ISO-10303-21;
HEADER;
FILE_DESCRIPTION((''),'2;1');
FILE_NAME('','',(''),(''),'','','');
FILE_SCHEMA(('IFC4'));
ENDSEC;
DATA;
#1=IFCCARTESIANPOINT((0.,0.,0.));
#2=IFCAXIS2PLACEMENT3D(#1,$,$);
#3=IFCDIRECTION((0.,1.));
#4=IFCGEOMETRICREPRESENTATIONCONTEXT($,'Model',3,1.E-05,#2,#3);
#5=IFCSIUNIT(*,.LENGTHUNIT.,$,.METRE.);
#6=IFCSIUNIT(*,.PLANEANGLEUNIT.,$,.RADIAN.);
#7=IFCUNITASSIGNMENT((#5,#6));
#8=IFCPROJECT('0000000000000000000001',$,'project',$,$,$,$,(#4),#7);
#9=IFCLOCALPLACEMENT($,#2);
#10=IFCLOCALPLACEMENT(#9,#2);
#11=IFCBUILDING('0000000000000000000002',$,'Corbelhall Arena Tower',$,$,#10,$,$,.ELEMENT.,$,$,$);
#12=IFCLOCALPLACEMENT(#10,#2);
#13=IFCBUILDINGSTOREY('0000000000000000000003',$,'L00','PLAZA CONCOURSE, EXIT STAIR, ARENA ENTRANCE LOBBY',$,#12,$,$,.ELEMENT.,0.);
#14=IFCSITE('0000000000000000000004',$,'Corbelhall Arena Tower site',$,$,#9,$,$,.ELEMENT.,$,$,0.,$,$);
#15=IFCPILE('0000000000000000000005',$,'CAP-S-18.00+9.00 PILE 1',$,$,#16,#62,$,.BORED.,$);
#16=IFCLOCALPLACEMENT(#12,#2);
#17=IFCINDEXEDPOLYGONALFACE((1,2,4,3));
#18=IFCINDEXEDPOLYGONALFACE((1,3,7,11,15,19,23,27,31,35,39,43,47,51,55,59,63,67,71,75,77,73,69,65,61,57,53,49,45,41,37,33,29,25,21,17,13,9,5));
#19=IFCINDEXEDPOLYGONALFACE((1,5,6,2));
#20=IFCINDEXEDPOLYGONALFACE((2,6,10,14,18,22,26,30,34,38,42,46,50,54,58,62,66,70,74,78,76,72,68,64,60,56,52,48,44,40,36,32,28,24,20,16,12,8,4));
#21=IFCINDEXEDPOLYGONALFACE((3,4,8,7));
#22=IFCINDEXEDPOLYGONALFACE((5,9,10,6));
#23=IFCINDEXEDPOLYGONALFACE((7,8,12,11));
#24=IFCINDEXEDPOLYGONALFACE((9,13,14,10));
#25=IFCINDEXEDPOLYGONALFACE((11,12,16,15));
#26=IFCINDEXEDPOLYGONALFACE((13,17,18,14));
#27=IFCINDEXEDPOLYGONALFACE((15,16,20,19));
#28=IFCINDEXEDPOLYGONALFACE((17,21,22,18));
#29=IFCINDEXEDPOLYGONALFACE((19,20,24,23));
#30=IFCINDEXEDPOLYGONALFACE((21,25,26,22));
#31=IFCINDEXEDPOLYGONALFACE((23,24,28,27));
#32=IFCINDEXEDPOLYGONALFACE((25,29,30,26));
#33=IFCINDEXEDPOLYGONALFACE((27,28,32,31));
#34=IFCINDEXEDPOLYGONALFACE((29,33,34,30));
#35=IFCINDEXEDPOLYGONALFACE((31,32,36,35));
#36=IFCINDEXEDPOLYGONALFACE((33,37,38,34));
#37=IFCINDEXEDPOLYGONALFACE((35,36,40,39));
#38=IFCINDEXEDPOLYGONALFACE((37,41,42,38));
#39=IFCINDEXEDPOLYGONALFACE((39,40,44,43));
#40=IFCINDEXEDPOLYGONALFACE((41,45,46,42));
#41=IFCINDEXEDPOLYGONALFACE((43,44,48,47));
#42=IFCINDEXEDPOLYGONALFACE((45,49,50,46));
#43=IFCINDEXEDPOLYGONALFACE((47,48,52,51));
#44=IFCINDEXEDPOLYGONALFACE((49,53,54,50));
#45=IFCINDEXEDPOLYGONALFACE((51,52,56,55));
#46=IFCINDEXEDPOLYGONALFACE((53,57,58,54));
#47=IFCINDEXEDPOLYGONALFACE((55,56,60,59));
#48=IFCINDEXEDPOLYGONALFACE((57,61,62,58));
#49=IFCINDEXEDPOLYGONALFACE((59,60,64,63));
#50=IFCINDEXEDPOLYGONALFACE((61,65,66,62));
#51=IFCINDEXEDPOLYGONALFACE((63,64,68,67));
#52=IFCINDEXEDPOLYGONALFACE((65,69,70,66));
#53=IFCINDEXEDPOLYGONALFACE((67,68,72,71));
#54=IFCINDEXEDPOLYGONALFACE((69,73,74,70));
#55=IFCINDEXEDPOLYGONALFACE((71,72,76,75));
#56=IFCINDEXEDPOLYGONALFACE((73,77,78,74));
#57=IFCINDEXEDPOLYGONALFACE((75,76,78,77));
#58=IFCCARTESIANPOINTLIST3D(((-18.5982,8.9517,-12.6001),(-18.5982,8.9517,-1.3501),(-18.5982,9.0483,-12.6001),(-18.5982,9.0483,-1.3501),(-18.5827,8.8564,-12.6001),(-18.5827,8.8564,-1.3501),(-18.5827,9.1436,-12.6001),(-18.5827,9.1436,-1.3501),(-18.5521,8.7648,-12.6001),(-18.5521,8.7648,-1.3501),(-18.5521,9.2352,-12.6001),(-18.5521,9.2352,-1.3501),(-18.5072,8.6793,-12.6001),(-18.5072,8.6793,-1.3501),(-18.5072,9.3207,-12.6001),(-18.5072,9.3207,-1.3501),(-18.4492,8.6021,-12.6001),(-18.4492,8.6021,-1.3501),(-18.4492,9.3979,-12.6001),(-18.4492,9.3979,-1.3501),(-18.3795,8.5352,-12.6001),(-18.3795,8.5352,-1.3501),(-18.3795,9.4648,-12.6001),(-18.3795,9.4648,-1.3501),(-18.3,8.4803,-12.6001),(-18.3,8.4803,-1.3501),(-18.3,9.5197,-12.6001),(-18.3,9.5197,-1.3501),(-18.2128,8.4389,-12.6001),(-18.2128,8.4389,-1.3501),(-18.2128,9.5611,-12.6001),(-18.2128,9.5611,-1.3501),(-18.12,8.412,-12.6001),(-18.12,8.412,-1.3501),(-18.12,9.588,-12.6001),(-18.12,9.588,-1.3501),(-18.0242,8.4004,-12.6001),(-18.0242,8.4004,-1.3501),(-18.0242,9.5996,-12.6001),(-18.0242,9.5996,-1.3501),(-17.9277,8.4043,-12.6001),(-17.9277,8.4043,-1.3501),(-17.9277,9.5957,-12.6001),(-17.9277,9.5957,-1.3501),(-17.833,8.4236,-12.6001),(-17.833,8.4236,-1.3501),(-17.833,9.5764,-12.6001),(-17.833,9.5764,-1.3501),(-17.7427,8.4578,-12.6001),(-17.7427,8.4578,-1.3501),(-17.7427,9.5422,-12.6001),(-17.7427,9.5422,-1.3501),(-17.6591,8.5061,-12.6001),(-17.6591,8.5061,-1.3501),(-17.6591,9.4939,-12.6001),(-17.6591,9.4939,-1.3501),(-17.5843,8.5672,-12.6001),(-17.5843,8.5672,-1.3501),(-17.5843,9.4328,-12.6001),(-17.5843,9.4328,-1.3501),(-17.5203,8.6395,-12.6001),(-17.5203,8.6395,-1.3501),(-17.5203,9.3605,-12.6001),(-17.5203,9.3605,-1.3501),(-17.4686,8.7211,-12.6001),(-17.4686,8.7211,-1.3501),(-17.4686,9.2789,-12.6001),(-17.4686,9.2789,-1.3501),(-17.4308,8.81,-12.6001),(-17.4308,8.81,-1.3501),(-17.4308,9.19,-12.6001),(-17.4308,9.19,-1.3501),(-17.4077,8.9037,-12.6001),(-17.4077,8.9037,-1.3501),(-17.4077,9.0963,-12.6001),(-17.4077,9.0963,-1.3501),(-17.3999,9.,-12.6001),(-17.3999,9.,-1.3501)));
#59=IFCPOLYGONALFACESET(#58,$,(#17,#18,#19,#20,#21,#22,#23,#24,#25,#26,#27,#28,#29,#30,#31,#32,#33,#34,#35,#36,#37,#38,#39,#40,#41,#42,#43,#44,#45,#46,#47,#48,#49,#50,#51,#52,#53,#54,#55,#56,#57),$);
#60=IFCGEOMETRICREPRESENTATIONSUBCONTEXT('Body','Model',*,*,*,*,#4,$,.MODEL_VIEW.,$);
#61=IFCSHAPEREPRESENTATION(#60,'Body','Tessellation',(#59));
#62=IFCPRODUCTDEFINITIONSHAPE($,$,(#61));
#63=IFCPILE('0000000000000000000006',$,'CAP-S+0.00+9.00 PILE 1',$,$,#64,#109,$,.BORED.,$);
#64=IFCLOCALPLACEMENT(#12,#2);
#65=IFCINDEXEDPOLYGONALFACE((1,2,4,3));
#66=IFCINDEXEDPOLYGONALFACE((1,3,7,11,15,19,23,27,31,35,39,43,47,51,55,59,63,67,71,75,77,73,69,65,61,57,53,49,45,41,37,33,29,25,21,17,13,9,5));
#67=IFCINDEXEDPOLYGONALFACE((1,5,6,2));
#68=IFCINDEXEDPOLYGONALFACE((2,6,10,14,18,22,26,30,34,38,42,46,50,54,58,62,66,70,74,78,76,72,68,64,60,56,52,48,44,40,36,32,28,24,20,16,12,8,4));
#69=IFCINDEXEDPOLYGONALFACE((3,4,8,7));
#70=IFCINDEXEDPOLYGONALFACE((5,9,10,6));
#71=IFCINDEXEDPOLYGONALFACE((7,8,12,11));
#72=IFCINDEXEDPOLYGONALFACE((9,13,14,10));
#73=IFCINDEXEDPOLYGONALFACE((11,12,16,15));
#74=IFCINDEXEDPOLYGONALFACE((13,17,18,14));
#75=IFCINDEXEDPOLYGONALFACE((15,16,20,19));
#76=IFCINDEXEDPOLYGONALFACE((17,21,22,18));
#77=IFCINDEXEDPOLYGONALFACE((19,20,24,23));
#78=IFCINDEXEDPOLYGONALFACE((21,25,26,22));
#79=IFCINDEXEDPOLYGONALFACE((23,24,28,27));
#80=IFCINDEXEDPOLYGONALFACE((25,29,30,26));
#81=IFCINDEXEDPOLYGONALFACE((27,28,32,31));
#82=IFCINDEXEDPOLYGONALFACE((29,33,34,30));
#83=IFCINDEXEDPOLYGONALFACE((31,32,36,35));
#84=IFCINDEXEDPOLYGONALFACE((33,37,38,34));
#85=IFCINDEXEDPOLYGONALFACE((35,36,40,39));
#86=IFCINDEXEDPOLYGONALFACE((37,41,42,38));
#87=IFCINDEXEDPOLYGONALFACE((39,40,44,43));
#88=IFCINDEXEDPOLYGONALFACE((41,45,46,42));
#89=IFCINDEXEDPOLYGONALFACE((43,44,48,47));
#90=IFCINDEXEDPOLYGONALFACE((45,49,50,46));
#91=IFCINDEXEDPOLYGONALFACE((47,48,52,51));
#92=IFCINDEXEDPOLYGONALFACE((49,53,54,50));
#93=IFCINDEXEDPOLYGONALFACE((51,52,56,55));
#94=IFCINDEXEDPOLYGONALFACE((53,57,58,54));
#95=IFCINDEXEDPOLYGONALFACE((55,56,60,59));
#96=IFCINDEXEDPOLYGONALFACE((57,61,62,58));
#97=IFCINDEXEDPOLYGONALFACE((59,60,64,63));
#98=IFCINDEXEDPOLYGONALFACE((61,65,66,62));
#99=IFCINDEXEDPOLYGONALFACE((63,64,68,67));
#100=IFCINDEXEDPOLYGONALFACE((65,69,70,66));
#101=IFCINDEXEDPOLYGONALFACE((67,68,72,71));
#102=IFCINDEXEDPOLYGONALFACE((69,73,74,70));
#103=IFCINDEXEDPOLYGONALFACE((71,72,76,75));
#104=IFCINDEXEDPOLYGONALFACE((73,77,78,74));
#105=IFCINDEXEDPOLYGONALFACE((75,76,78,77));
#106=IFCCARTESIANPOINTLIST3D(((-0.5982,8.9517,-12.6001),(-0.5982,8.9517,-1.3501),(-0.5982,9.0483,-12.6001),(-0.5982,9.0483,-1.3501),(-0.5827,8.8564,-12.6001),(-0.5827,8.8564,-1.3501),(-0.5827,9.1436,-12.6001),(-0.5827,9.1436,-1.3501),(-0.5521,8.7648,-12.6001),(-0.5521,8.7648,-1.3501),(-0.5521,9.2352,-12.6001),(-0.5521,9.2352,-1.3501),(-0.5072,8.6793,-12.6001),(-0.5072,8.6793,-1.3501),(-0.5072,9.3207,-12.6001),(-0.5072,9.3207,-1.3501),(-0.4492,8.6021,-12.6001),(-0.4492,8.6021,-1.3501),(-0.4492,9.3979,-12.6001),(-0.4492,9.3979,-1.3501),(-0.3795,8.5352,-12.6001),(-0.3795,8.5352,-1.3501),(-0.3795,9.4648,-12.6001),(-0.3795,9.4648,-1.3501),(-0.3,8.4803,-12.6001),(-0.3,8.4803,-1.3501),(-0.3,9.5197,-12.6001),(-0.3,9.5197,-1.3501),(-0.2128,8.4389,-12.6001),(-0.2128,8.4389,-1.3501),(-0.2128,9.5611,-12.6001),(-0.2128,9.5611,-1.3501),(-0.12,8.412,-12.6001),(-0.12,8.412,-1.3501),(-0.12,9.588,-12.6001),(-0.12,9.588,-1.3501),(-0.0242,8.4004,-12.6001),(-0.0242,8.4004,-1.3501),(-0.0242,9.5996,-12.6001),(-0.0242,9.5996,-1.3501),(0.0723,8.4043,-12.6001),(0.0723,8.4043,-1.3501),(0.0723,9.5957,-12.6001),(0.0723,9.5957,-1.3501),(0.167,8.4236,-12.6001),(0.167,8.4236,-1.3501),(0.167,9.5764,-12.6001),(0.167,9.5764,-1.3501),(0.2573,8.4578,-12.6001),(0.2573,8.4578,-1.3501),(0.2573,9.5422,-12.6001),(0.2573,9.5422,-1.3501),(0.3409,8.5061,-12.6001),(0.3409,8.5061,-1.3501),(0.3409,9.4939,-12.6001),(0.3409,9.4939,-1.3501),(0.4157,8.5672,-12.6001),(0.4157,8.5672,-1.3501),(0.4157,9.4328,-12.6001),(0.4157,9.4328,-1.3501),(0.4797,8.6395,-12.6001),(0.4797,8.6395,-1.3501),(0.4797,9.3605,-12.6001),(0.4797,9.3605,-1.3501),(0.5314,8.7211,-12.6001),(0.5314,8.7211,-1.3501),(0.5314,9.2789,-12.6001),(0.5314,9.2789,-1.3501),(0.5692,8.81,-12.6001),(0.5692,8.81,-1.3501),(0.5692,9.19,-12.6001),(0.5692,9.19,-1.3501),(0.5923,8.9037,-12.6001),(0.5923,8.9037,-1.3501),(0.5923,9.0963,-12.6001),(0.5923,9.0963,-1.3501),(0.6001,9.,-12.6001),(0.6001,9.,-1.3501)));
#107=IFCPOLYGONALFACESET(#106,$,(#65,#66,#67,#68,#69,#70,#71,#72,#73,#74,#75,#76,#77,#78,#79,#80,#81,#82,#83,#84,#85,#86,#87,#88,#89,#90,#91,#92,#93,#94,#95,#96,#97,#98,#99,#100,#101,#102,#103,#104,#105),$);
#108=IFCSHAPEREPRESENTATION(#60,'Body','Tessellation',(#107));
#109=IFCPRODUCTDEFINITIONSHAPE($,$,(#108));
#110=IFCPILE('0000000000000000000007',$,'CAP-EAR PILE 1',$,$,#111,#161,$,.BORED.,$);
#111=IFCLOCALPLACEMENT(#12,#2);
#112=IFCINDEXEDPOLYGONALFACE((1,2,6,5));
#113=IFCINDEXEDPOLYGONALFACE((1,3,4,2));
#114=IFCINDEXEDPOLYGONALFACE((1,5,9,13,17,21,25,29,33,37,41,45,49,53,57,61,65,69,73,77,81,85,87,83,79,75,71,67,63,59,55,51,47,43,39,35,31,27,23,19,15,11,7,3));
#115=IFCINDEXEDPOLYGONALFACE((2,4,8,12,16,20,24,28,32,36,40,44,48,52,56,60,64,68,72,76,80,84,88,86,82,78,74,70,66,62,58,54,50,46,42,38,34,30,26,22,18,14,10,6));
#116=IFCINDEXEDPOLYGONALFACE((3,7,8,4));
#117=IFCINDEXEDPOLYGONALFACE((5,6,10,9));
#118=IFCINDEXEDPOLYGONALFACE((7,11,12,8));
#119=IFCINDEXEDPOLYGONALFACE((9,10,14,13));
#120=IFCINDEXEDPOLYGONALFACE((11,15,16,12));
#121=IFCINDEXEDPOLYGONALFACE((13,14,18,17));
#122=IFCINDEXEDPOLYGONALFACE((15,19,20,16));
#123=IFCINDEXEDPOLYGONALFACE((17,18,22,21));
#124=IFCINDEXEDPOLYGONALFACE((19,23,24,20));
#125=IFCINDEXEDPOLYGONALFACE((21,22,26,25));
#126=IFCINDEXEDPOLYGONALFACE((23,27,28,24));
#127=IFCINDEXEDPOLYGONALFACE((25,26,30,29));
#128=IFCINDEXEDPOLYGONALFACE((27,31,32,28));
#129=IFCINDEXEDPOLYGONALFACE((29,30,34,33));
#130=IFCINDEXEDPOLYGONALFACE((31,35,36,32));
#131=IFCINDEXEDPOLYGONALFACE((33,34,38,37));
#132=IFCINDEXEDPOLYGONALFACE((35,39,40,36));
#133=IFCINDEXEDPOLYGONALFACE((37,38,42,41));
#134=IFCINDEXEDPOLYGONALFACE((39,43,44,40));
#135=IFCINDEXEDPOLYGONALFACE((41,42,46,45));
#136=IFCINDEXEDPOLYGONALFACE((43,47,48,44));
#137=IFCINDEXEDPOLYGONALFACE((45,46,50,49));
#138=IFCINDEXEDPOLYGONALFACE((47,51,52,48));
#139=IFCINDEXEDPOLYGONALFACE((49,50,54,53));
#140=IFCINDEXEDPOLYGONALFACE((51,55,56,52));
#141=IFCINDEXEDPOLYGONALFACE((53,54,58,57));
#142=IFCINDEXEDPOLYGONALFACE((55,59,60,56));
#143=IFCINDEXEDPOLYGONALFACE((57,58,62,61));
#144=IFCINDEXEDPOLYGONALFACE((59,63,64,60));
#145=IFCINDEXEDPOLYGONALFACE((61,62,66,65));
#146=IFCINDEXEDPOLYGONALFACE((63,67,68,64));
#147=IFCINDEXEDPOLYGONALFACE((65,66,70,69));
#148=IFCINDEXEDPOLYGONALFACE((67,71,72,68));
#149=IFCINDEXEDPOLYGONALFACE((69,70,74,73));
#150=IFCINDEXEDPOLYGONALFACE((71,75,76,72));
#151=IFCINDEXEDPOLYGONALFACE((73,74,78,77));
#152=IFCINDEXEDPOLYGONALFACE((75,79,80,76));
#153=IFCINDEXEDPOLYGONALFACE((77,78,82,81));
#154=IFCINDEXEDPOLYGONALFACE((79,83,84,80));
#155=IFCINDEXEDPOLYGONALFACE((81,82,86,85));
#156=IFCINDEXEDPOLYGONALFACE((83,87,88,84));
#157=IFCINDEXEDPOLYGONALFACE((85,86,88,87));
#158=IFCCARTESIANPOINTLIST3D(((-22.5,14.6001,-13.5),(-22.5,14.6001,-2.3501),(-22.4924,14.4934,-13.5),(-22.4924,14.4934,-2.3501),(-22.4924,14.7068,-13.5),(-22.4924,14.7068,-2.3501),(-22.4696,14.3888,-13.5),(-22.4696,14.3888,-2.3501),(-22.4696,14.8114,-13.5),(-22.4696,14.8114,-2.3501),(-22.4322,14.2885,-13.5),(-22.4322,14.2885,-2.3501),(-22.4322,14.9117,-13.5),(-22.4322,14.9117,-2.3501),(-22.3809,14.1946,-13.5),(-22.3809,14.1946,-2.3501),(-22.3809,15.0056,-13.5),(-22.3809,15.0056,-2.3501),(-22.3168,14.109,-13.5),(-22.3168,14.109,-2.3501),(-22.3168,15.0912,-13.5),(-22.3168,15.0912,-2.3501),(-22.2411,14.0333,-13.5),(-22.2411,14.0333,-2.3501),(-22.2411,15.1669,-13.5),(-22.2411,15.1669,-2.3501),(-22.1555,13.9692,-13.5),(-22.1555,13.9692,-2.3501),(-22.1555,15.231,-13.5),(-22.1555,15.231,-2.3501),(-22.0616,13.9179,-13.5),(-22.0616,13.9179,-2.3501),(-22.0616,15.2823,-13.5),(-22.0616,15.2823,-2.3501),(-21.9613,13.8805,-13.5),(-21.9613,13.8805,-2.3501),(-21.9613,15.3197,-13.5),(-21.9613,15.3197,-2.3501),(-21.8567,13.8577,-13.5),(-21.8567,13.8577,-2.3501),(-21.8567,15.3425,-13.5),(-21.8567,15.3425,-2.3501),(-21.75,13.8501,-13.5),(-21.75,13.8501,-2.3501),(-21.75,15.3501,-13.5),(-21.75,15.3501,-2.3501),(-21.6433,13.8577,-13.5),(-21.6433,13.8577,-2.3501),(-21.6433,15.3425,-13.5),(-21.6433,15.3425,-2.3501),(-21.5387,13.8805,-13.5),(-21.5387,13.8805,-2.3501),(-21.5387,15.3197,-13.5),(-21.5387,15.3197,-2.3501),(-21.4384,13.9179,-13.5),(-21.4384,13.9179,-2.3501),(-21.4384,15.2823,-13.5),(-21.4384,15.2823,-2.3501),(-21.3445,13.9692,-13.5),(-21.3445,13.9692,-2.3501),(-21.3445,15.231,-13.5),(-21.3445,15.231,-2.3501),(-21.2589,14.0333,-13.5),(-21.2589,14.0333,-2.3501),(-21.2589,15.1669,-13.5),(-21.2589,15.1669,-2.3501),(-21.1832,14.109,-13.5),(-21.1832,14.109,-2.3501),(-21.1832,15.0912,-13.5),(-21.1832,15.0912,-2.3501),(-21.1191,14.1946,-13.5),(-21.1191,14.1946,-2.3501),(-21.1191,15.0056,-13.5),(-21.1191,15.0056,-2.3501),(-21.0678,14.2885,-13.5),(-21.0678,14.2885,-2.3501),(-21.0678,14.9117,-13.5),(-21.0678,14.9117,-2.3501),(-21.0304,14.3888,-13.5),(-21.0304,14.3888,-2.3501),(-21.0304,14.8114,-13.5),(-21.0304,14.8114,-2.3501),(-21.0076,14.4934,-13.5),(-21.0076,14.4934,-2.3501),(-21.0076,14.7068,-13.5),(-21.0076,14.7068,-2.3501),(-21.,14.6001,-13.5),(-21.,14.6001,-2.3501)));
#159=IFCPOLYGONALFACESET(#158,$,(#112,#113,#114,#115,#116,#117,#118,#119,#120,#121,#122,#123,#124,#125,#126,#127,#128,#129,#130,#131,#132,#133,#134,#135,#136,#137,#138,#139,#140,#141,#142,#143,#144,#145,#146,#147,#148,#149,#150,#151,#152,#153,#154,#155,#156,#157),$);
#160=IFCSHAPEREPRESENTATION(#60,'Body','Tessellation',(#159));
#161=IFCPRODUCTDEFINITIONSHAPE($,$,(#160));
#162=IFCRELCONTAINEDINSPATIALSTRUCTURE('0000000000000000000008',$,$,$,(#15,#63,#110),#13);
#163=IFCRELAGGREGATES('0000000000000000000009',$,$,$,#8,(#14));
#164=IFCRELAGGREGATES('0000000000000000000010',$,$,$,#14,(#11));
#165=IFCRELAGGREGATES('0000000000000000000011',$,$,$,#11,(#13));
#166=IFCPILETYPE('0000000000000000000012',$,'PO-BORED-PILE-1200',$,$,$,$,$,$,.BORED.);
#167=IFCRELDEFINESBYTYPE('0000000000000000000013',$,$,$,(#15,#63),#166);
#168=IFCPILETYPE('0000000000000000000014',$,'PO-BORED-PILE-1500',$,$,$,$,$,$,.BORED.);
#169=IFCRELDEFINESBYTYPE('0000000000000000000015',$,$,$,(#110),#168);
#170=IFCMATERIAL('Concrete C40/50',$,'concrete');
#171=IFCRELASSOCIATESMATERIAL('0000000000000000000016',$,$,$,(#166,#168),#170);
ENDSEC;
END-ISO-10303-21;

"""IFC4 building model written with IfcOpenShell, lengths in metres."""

from ifc_helpers import new_model, si_unit, direction, frame, origin, origin_2d, place, context, subcontext, project, spatial, circle, extrude, material, material_profile, profile_set, type_object, element, save


model = new_model("IFC4")

# Units and contexts
model_context = context("Model", 3, precision=1e-05, world=origin(), true_north=direction((0.0, 1.0)))
body_context = subcontext(model_context, "Body", "Model", "MODEL_VIEW")
ifc_project = project(units=[si_unit("LENGTHUNIT", "METRE"), si_unit("PLANEANGLEUNIT", "RADIAN")], contexts=[model_context])

# Site, building, storey
site_placement = place(None, origin())
site = spatial("IfcSite", under=ifc_project, at=site_placement, Name="Corbelhall Arena Tower site", CompositionType="ELEMENT", RefElevation=0.0)
building_placement = place(site_placement, origin())
building = spatial("IfcBuilding", under=site, at=building_placement, Name="Corbelhall Arena Tower", CompositionType="ELEMENT")
storey_placement = place(building_placement, origin())
storey = spatial("IfcBuildingStorey", under=building, at=storey_placement, Name="L00", Description="PLAZA CONCOURSE, EXIT STAIR, ARENA ENTRANCE LOBBY", CompositionType="ELEMENT", Elevation=0.0)

# Piles
ifc_material_1 = material(Name="Concrete C40/50", Category="concrete")
ifc_material_profile_1 = material_profile(ifc_material_1, circle(Radius=0.6001, at=origin_2d()))
ifc_profile_set_1 = profile_set([ifc_material_profile_1], Name="Concrete C40/50")
pile_type_1 = type_object("IfcPileType", Name="PO-BORED-PILE-1200", PredefinedType="BORED", material=ifc_profile_set_1)
for number, where, z_axis, x_axis, name in (
    (1, (-18.0, 9.0, -1.3501), (0.0, 0.0, -1.0), (1.0, 0.0, 0.0), "CAP-S-18.00+9.00 PILE 1"),
    (2, (0.0, 9.0, -1.3501), (0.0, 0.0, -1.0), (1.0, 0.0, 0.0), "CAP-S+0.00+9.00 PILE 1"),
):
    element("IfcPile", number, at=place(storey_placement, frame(where, z_axis=z_axis, x_axis=x_axis)), inside=storey, type_object=pile_type_1, Name=name, PredefinedType="BORED", context=body_context, shape_type="SweptSolid", body=[
        extrude(circle(Radius=0.6001, at=origin_2d()), origin(), (0.0, 0.0, 1.0), 11.25),
    ])
ifc_material_profile_2 = material_profile(ifc_material_1, circle(Radius=0.75, at=origin_2d()))
ifc_profile_set_2 = profile_set([ifc_material_profile_2], Name="Concrete C40/50")
pile_type_2 = type_object("IfcPileType", Name="PO-BORED-PILE-1500", PredefinedType="BORED", material=ifc_profile_set_2)
for number, where, z_axis, x_axis, name in (
    (3, (-21.75, 14.6001, -2.3501), (0.0, 0.0, -1.0), (1.0, 0.0, 0.0), "CAP-EAR PILE 1"),
):
    element("IfcPile", number, at=place(storey_placement, frame(where, z_axis=z_axis, x_axis=x_axis)), inside=storey, type_object=pile_type_2, Name=name, PredefinedType="BORED", context=body_context, shape_type="SweptSolid", body=[
        extrude(circle(Radius=0.75, at=origin_2d()), origin(), (0.0, 0.0, 1.0), 11.1499),
    ])

save(model, "model.ifc")
